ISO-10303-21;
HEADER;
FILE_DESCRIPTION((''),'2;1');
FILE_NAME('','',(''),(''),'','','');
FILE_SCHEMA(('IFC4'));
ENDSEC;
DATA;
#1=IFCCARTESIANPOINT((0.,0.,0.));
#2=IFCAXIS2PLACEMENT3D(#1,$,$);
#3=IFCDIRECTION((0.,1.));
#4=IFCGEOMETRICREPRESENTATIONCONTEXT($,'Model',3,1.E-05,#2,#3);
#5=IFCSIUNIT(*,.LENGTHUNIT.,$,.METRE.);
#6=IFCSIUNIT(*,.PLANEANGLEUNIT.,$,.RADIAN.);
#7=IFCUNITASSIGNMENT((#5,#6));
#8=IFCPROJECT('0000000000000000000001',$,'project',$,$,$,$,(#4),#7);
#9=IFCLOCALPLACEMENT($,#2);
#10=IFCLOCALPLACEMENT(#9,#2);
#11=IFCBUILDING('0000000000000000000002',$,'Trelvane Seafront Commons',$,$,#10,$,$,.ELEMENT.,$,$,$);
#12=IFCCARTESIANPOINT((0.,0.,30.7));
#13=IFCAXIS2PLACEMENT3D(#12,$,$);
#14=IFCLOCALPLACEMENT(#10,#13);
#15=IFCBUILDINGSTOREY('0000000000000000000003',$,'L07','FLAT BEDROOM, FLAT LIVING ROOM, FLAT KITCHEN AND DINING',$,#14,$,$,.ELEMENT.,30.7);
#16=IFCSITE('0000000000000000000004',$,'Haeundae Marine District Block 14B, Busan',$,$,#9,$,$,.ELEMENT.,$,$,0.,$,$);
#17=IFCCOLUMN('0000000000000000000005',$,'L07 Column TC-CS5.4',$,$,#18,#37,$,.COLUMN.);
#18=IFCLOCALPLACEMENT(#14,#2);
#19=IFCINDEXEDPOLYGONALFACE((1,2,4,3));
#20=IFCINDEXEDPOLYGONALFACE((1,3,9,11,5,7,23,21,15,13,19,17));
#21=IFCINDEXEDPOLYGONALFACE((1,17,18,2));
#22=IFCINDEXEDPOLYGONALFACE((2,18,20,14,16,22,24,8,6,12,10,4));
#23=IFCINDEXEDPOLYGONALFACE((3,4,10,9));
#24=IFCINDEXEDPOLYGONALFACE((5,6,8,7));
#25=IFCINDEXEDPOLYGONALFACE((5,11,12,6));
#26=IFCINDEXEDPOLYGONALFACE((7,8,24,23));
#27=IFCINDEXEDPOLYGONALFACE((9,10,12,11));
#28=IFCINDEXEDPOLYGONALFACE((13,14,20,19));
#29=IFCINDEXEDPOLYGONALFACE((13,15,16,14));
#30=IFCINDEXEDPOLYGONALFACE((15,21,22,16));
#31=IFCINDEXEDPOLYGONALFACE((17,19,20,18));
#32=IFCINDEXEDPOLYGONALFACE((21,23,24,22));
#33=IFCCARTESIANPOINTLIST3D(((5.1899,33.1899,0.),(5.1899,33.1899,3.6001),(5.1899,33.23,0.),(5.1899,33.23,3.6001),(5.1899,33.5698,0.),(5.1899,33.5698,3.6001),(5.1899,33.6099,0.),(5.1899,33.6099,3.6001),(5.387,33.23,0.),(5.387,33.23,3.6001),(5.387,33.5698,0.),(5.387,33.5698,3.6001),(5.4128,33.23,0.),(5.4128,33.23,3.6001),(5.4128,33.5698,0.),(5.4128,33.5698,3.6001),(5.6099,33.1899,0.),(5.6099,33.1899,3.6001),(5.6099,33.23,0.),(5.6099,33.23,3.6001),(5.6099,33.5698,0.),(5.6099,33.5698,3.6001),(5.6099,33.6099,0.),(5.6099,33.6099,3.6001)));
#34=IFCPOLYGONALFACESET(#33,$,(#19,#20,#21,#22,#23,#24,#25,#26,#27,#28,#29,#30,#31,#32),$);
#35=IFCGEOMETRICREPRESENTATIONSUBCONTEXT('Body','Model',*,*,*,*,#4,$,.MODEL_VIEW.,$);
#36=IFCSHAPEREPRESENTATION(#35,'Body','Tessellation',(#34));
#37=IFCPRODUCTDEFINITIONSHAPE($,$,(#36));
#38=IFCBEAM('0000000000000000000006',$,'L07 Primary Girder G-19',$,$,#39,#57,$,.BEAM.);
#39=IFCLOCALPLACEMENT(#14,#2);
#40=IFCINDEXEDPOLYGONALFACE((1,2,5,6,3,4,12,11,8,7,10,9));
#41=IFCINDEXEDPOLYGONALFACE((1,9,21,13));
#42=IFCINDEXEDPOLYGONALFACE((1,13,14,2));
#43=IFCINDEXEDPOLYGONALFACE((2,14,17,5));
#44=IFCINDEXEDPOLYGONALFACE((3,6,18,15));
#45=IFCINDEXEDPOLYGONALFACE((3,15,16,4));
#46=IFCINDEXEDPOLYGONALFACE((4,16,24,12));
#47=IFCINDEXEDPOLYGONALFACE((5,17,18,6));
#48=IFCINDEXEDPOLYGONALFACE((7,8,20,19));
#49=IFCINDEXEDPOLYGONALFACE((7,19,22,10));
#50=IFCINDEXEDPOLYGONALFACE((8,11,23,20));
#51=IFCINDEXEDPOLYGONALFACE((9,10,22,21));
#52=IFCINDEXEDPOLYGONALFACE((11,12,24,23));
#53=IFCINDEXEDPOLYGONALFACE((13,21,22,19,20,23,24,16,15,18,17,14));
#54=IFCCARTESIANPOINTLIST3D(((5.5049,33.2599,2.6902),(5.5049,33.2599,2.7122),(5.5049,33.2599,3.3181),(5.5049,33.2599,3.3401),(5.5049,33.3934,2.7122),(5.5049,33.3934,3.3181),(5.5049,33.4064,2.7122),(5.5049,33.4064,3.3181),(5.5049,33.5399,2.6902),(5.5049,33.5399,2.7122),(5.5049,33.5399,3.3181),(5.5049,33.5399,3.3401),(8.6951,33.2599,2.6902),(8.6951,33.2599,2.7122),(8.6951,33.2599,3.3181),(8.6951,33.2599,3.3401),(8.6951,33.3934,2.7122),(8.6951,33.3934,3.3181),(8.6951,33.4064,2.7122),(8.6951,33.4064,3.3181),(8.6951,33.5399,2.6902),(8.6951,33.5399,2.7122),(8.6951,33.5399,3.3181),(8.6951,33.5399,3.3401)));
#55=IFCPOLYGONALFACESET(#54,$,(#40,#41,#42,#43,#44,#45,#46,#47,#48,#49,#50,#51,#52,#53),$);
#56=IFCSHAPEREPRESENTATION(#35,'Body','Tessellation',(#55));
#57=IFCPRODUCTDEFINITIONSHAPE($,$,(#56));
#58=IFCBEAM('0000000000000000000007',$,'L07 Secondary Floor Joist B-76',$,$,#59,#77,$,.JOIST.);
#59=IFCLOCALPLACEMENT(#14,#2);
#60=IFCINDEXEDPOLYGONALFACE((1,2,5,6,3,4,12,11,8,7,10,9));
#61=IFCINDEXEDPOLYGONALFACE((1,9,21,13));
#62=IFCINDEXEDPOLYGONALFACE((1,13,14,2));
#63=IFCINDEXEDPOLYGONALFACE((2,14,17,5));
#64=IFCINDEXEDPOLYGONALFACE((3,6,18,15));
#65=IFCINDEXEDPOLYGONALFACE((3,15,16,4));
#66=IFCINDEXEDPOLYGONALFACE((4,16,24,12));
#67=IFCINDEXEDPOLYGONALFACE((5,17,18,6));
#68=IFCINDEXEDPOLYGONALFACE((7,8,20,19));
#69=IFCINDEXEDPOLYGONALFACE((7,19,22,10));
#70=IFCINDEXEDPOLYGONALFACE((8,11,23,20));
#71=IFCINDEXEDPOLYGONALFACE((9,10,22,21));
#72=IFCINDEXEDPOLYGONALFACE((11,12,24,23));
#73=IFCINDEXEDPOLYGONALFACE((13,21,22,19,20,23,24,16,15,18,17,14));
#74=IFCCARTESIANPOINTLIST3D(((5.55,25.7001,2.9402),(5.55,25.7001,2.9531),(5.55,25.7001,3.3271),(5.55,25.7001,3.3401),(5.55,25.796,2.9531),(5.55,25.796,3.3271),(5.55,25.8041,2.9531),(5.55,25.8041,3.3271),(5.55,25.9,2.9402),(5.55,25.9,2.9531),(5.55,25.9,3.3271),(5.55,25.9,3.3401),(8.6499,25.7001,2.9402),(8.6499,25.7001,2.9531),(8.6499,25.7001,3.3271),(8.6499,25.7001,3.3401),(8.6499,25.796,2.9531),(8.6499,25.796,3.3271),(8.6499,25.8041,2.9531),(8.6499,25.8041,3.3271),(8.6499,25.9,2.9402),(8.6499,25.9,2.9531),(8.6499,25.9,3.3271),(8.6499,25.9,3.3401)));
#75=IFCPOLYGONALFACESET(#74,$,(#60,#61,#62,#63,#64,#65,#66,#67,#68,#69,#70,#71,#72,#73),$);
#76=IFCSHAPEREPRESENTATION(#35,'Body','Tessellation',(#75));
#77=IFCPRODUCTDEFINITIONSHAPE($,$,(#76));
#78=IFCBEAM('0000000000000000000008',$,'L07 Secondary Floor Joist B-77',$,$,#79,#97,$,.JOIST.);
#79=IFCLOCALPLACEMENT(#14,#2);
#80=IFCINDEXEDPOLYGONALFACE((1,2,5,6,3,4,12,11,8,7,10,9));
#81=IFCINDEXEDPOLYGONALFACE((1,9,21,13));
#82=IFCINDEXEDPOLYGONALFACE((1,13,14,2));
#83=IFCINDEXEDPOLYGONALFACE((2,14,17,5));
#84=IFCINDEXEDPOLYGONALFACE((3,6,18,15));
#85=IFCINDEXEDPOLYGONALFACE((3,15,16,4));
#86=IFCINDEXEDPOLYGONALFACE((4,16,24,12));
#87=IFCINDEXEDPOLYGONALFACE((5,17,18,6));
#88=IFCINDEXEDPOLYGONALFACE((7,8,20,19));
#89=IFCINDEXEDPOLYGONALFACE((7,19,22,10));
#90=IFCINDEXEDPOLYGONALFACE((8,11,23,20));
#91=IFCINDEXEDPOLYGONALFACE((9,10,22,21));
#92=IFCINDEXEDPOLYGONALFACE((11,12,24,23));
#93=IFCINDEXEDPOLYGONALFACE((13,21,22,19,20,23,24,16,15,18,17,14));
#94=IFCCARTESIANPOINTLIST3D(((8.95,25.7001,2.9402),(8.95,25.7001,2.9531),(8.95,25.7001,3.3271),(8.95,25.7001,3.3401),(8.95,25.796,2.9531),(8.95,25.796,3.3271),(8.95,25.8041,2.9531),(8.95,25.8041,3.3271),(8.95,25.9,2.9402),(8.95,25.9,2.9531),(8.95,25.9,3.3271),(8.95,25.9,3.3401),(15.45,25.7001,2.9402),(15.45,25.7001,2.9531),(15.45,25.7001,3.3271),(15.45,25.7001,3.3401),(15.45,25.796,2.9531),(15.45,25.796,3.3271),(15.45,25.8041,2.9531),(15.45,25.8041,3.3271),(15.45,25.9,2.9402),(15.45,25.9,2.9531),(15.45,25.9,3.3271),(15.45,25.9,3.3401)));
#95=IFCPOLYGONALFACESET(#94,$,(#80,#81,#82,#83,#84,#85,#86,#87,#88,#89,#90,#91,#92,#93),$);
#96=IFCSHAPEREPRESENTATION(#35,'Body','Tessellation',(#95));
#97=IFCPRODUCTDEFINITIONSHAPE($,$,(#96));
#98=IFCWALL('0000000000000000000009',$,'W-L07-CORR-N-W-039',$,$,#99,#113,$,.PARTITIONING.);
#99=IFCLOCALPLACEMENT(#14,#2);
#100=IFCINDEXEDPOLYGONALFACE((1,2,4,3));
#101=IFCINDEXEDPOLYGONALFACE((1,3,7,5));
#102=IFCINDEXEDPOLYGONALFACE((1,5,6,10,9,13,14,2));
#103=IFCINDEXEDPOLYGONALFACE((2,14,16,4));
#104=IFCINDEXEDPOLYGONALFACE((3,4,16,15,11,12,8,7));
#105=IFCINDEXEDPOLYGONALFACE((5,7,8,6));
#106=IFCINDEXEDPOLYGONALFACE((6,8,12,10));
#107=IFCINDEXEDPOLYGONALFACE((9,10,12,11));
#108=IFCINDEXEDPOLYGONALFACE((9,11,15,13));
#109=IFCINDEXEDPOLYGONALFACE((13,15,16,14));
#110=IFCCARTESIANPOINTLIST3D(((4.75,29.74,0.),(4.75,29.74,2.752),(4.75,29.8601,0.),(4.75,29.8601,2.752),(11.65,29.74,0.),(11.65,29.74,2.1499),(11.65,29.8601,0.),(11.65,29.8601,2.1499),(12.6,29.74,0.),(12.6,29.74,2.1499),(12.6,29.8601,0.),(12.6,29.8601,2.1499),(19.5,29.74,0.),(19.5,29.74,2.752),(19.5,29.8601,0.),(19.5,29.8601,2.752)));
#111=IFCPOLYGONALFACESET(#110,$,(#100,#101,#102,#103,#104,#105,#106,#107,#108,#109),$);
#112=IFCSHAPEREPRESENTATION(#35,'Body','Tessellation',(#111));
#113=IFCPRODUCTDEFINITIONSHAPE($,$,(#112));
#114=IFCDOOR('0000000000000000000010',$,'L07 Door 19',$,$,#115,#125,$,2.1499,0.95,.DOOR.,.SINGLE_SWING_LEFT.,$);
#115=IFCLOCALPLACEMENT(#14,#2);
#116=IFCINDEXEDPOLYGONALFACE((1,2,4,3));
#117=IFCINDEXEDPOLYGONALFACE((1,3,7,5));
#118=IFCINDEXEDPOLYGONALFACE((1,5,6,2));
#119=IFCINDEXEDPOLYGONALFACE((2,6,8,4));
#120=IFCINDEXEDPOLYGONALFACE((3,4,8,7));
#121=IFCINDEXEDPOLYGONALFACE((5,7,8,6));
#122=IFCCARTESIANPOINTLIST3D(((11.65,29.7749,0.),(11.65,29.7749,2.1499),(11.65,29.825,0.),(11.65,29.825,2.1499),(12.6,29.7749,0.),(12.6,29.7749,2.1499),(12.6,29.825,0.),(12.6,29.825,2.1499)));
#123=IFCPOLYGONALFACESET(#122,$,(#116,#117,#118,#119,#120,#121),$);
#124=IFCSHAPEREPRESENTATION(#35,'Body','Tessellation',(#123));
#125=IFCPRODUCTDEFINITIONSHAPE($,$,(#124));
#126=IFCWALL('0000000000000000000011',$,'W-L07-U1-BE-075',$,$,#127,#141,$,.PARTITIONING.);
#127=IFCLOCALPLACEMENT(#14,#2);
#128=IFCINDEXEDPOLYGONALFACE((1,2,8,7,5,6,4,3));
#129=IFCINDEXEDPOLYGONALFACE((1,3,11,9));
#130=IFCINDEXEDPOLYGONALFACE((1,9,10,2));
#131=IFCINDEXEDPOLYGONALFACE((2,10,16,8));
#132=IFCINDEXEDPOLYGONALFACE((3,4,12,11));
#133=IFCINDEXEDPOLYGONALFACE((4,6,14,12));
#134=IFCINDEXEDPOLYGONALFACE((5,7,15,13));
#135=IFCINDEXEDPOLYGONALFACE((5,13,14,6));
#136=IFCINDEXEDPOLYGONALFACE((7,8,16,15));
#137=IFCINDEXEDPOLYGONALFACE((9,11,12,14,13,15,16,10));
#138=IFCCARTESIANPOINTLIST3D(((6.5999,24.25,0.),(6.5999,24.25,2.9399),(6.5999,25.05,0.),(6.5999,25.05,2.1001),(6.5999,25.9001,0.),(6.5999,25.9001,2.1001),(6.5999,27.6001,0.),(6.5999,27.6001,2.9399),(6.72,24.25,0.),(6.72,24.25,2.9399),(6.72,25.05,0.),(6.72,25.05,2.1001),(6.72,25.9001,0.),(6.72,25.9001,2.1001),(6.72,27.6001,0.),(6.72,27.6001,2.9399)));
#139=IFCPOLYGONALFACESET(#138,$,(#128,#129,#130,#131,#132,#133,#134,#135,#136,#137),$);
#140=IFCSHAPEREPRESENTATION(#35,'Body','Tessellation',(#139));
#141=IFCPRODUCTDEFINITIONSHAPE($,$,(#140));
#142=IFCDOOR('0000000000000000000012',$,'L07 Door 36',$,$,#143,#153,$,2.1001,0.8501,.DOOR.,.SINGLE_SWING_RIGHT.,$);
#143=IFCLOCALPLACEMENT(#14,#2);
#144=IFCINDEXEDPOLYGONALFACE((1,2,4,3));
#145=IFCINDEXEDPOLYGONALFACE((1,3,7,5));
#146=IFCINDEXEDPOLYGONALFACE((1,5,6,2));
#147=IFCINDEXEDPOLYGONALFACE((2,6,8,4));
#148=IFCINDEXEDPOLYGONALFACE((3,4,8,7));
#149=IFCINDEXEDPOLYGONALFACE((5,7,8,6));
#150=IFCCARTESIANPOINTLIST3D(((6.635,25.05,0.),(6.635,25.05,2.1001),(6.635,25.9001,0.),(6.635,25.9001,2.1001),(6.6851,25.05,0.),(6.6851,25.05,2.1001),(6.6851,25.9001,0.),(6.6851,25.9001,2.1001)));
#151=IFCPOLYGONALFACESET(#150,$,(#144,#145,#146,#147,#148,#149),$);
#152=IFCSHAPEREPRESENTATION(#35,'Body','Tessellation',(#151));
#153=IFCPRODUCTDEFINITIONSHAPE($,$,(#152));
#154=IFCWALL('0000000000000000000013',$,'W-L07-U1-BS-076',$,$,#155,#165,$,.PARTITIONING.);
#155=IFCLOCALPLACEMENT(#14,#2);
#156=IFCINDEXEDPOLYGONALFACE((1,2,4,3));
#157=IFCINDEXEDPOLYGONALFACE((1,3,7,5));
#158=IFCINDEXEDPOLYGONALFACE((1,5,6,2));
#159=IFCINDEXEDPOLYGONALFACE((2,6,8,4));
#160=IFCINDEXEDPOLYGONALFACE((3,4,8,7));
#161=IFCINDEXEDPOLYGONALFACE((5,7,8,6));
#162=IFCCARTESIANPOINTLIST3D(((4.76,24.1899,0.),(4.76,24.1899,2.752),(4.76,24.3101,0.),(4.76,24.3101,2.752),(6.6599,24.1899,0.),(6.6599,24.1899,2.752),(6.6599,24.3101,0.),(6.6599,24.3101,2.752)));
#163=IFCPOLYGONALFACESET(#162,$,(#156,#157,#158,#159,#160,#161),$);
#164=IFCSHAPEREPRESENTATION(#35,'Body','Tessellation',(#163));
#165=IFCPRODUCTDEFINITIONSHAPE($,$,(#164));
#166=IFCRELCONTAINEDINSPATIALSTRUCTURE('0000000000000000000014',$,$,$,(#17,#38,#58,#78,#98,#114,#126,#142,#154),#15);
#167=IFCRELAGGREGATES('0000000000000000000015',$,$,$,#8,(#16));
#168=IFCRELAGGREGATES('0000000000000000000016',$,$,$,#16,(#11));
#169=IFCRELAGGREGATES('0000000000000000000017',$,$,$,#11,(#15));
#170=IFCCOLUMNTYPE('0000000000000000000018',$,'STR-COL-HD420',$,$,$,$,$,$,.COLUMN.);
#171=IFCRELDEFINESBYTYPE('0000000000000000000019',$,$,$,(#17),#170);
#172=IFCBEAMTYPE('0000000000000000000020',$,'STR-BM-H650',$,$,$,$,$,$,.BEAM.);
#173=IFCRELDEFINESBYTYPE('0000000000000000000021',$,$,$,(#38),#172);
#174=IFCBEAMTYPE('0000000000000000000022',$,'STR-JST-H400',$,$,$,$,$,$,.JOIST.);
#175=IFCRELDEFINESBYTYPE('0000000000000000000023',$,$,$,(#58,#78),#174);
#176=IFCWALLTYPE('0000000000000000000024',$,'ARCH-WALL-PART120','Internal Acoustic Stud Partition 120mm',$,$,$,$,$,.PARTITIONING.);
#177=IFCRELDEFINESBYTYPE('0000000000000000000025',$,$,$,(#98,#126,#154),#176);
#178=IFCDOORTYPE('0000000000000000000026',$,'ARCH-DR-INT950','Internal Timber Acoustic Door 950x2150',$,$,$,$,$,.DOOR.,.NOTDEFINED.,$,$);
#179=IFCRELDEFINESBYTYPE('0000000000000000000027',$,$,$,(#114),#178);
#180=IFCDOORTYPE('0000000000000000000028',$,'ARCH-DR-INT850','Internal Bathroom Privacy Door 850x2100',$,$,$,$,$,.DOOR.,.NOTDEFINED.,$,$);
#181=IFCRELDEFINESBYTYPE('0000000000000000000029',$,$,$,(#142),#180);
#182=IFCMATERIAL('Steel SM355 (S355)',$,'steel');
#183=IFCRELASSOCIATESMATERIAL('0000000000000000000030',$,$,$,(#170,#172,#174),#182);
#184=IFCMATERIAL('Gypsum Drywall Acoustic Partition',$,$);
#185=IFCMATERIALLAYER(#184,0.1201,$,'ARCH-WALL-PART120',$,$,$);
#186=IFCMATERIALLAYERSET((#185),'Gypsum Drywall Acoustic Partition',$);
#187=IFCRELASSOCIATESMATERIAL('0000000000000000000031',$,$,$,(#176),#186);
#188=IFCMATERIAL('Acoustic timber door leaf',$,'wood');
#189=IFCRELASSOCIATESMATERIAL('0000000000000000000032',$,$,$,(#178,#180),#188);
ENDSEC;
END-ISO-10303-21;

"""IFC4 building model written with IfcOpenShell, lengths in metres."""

from ifc_helpers import new_model, si_unit, direction, frame, frame_2d, origin, origin_2d, place, context, subcontext, project, spatial, rectangle, i_section, extrude, source, transform, mapped, material, layer, layer_set, material_profile, profile_set, type_object, element, fill, save


model = new_model("IFC4")

# Units and contexts
model_context = context("Model", 3, precision=1e-05, world=origin(), true_north=direction((0.0, 1.0)))
body_context = subcontext(model_context, "Body", "Model", "MODEL_VIEW")
ifc_project = project(units=[si_unit("LENGTHUNIT", "METRE"), si_unit("PLANEANGLEUNIT", "RADIAN")], contexts=[model_context])

# Site, building, storey
site_placement = place(None, origin())
site = spatial("IfcSite", under=ifc_project, at=site_placement, Name="Haeundae Marine District Block 14B, Busan", CompositionType="ELEMENT", RefElevation=0.0)
building_placement = place(site_placement, origin())
building = spatial("IfcBuilding", under=site, at=building_placement, Name="Trelvane Seafront Commons", CompositionType="ELEMENT")
storey_placement = place(building_placement, frame((0.0, 0.0, 30.7)))
storey = spatial("IfcBuildingStorey", under=building, at=storey_placement, Name="L07", Description="FLAT BEDROOM, FLAT LIVING ROOM, FLAT KITCHEN AND DINING", CompositionType="ELEMENT", Elevation=30.7)

# Column
ifc_material_1 = material(Name="Steel SM355 (S355)", Category="steel")
ifc_material_profile_1 = material_profile(ifc_material_1, i_section(OverallWidth=0.4199, OverallDepth=0.4199, WebThickness=0.0259, FlangeThickness=0.04, at=origin_2d()), Name="HD-420x420x26x40")
ifc_profile_set_1 = profile_set([ifc_material_profile_1], Name="Steel SM355 (S355)")
column_type = type_object("IfcColumnType", Name="STR-COL-HD420", PredefinedType="COLUMN", material=ifc_profile_set_1)
shared_shape_1 = source(origin(), body_context, "Body", "SweptSolid", [
    extrude(i_section(OverallWidth=0.4199, OverallDepth=0.4199, WebThickness=0.0259, FlangeThickness=0.04, at=origin_2d()), origin(), (0.0, 0.0, 1.0), 3.6001),
])
column_placement = place(storey_placement, frame((5.3999, 33.3999, 0.0), z_axis=(0.0, 0.0, 1.0), x_axis=(1.0, 0.0, 0.0)))
element("IfcColumn", 1, at=column_placement, inside=storey, type_object=column_type, Name="L07 Column TC-CS5.4", PredefinedType="COLUMN", context=body_context, shape_type="MappedRepresentation", body=[
    mapped(shared_shape_1, transform((0.0, 0.0, 0.0), x_axis=(1.0, 0.0, 0.0), y_axis=(0.0, 1.0, 0.0), z_axis=(0.0, 0.0, 1.0), scale=1.0)),
])

# Beams
ifc_material_profile_2 = material_profile(ifc_material_1, i_section(OverallWidth=0.28, OverallDepth=0.6499, WebThickness=0.0129, FlangeThickness=0.022, at=origin_2d()), Name="H-650x280x13x22")
ifc_profile_set_2 = profile_set([ifc_material_profile_2], Name="Steel SM355 (S355)")
beam_type_1 = type_object("IfcBeamType", Name="STR-BM-H650", PredefinedType="BEAM", material=ifc_profile_set_2)
shared_shape_2 = source(origin(), body_context, "Body", "SweptSolid", [
    extrude(i_section(OverallWidth=0.28, OverallDepth=0.6499, WebThickness=0.0129, FlangeThickness=0.022, at=origin_2d()), origin(), (0.0, 0.0, 1.0), 3.1902),
])
beam_1_placement = place(storey_placement, frame((5.5049, 33.3999, 3.0151), z_axis=(1.0, 0.0, 0.0), x_axis=(0.0, 1.0, 0.0)))
element("IfcBeam", 2, at=beam_1_placement, inside=storey, type_object=beam_type_1, Name="L07 Primary Girder G-19", PredefinedType="BEAM", context=body_context, shape_type="MappedRepresentation", body=[
    mapped(shared_shape_2, transform((0.0, 0.0, 0.0), x_axis=(1.0, 0.0, 0.0), y_axis=(0.0, 1.0, 0.0), z_axis=(0.0, 0.0, 1.0), scale=1.0)),
])
ifc_material_profile_3 = material_profile(ifc_material_1, i_section(OverallWidth=0.2, OverallDepth=0.3999, WebThickness=0.0081, FlangeThickness=0.0129, at=origin_2d()), Name="H-400x200x8x13")
ifc_profile_set_3 = profile_set([ifc_material_profile_3], Name="Steel SM355 (S355)")
beam_type_2 = type_object("IfcBeamType", Name="STR-JST-H400", PredefinedType="JOIST", material=ifc_profile_set_3)
shared_shape_3 = source(origin(), body_context, "Body", "SweptSolid", [
    extrude(i_section(OverallWidth=0.2, OverallDepth=0.3999, WebThickness=0.0081, FlangeThickness=0.0129, at=origin_2d()), origin(), (0.0, 0.0, 1.0), 3.0999),
])
beam_2_placement = place(storey_placement, frame((5.55, 25.8, 3.1401), z_axis=(1.0, 0.0, 0.0), x_axis=(0.0, 1.0, 0.0)))
element("IfcBeam", 3, at=beam_2_placement, inside=storey, type_object=beam_type_2, Name="L07 Secondary Floor Joist B-76", PredefinedType="JOIST", context=body_context, shape_type="MappedRepresentation", body=[
    mapped(shared_shape_3, transform((0.0, 0.0, 0.0), x_axis=(1.0, 0.0, 0.0), y_axis=(0.0, 1.0, 0.0), z_axis=(0.0, 0.0, 1.0), scale=1.0)),
])
shared_shape_4 = source(origin(), body_context, "Body", "SweptSolid", [
    extrude(i_section(OverallWidth=0.2, OverallDepth=0.3999, WebThickness=0.0081, FlangeThickness=0.0129, at=origin_2d()), origin(), (0.0, 0.0, 1.0), 6.5),
])
beam_3_placement = place(storey_placement, frame((8.95, 25.8, 3.1401), z_axis=(1.0, 0.0, 0.0), x_axis=(0.0, 1.0, 0.0)))
element("IfcBeam", 4, at=beam_3_placement, inside=storey, type_object=beam_type_2, Name="L07 Secondary Floor Joist B-77", PredefinedType="JOIST", context=body_context, shape_type="MappedRepresentation", body=[
    mapped(shared_shape_4, transform((0.0, 0.0, 0.0), x_axis=(1.0, 0.0, 0.0), y_axis=(0.0, 1.0, 0.0), z_axis=(0.0, 0.0, 1.0), scale=1.0)),
])

# Walls, openings, doors
ifc_material_2 = material(Name="Gypsum Drywall Acoustic Partition")
ifc_layer_1 = layer(ifc_material_2, 0.1201, Name="ARCH-WALL-PART120")
ifc_layer_set_1 = layer_set([ifc_layer_1], Name="Gypsum Drywall Acoustic Partition")
wall_type_1 = type_object("IfcWallType", Name="ARCH-WALL-PART120", Description="Internal Acoustic Stud Partition 120mm", PredefinedType="PARTITIONING", material=ifc_layer_set_1)
wall_1_placement = place(storey_placement, frame((4.75, 29.8, 0.0), z_axis=(0.0, 0.0, 1.0), x_axis=(1.0, 0.0, 0.0)))
wall_1 = element("IfcWall", 5, at=wall_1_placement, inside=storey, type_object=wall_type_1, Name="W-L07-CORR-N-W-039", PredefinedType="PARTITIONING", context=body_context, shape_type="SweptSolid", body=[
    extrude(rectangle(XDim=14.75, YDim=0.1201, at=frame_2d((7.375, 0.0))), origin(), (0.0, 0.0, 1.0), 2.752),
])
opening_1_placement = place(wall_1_placement, frame((6.8999, 0.0, 0.0)))
opening_1 = element("IfcOpeningElement", 6, at=opening_1_placement, cuts=wall_1, PredefinedType="OPENING", context=body_context, shape_type="SweptSolid", body=[
    extrude(rectangle(XDim=0.95, YDim=2.1499, at=frame_2d((0.4751, 1.075))), frame((0.0, 0.0701, 0.0), z_axis=(0.0, -1.0, 0.0), x_axis=(1.0, 0.0, 0.0)), (0.0, 0.0, 1.0), 0.1401),
])
ifc_material_3 = material(Name="Acoustic timber door leaf", Category="wood")
door_type_1 = type_object("IfcDoorType", Name="ARCH-DR-INT950", Description="Internal Timber Acoustic Door 950x2150", OperationType="NOTDEFINED", PredefinedType="DOOR", material=ifc_material_3)
shared_shape_5 = source(origin(), body_context, "Body", "SweptSolid", [
    extrude(rectangle(XDim=0.95, YDim=2.1499, at=frame_2d((0.4751, 1.075))), frame((0.0, 0.0249, 0.0), z_axis=(0.0, -1.0, 0.0), x_axis=(1.0, 0.0, 0.0)), (0.0, 0.0, 1.0), 0.05),
])
door_1_placement = place(opening_1_placement, origin())
door_1 = element("IfcDoor", 7, at=door_1_placement, inside=storey, type_object=door_type_1, Name="L07 Door 19", OperationType="SINGLE_SWING_LEFT", OverallHeight=2.1499, OverallWidth=0.95, PredefinedType="DOOR", context=body_context, shape_type="MappedRepresentation", body=[
    mapped(shared_shape_5, transform((0.0, 0.0, 0.0), x_axis=(1.0, 0.0, 0.0), y_axis=(0.0, 1.0, 0.0), z_axis=(0.0, 0.0, 1.0), scale=1.0)),
])
fill(opening_1, door_1)
wall_2_placement = place(storey_placement, frame((6.6599, 24.25, 0.0), z_axis=(0.0, 0.0, 1.0), x_axis=(0.0, 1.0, 0.0)))
wall_2 = element("IfcWall", 8, at=wall_2_placement, inside=storey, type_object=wall_type_1, Name="W-L07-U1-BE-075", PredefinedType="PARTITIONING", context=body_context, shape_type="SweptSolid", body=[
    extrude(rectangle(XDim=3.3501, YDim=0.1201, at=frame_2d((1.675, 0.0))), origin(), (0.0, 0.0, 1.0), 2.9399),
])
opening_2_placement = place(wall_2_placement, frame((0.8, 0.0, 0.0)))
opening_2 = element("IfcOpeningElement", 9, at=opening_2_placement, cuts=wall_2, PredefinedType="OPENING", context=body_context, shape_type="SweptSolid", body=[
    extrude(rectangle(XDim=0.8501, YDim=2.1001, at=frame_2d((0.425, 1.05))), frame((0.0, 0.0701, 0.0), z_axis=(0.0, -1.0, 0.0), x_axis=(1.0, 0.0, 0.0)), (0.0, 0.0, 1.0), 0.1401),
])
door_type_2 = type_object("IfcDoorType", Name="ARCH-DR-INT850", Description="Internal Bathroom Privacy Door 850x2100", OperationType="NOTDEFINED", PredefinedType="DOOR", material=ifc_material_3)
shared_shape_6 = source(origin(), body_context, "Body", "SweptSolid", [
    extrude(rectangle(XDim=0.8501, YDim=2.1001, at=frame_2d((0.425, 1.05))), frame((0.0, 0.0249, 0.0), z_axis=(0.0, -1.0, 0.0), x_axis=(1.0, 0.0, 0.0)), (0.0, 0.0, 1.0), 0.05),
])
door_2_placement = place(opening_2_placement, origin())
door_2 = element("IfcDoor", 10, at=door_2_placement, inside=storey, type_object=door_type_2, Name="L07 Door 36", OperationType="SINGLE_SWING_RIGHT", OverallHeight=2.1001, OverallWidth=0.8501, PredefinedType="DOOR", context=body_context, shape_type="MappedRepresentation", body=[
    mapped(shared_shape_6, transform((0.0, 0.0, 0.0), x_axis=(1.0, 0.0, 0.0), y_axis=(0.0, 1.0, 0.0), z_axis=(0.0, 0.0, 1.0), scale=1.0)),
])
fill(opening_2, door_2)

# Wall
wall_3_placement = place(storey_placement, frame((4.76, 24.25, 0.0), z_axis=(0.0, 0.0, 1.0), x_axis=(1.0, 0.0, 0.0)))
element("IfcWall", 11, at=wall_3_placement, inside=storey, type_object=wall_type_1, Name="W-L07-U1-BS-076", PredefinedType="PARTITIONING", context=body_context, shape_type="SweptSolid", body=[
    extrude(rectangle(XDim=1.8999, YDim=0.1201, at=frame_2d((0.95, 0.0))), origin(), (0.0, 0.0, 1.0), 2.752),
])

save(model, "model.ifc")
